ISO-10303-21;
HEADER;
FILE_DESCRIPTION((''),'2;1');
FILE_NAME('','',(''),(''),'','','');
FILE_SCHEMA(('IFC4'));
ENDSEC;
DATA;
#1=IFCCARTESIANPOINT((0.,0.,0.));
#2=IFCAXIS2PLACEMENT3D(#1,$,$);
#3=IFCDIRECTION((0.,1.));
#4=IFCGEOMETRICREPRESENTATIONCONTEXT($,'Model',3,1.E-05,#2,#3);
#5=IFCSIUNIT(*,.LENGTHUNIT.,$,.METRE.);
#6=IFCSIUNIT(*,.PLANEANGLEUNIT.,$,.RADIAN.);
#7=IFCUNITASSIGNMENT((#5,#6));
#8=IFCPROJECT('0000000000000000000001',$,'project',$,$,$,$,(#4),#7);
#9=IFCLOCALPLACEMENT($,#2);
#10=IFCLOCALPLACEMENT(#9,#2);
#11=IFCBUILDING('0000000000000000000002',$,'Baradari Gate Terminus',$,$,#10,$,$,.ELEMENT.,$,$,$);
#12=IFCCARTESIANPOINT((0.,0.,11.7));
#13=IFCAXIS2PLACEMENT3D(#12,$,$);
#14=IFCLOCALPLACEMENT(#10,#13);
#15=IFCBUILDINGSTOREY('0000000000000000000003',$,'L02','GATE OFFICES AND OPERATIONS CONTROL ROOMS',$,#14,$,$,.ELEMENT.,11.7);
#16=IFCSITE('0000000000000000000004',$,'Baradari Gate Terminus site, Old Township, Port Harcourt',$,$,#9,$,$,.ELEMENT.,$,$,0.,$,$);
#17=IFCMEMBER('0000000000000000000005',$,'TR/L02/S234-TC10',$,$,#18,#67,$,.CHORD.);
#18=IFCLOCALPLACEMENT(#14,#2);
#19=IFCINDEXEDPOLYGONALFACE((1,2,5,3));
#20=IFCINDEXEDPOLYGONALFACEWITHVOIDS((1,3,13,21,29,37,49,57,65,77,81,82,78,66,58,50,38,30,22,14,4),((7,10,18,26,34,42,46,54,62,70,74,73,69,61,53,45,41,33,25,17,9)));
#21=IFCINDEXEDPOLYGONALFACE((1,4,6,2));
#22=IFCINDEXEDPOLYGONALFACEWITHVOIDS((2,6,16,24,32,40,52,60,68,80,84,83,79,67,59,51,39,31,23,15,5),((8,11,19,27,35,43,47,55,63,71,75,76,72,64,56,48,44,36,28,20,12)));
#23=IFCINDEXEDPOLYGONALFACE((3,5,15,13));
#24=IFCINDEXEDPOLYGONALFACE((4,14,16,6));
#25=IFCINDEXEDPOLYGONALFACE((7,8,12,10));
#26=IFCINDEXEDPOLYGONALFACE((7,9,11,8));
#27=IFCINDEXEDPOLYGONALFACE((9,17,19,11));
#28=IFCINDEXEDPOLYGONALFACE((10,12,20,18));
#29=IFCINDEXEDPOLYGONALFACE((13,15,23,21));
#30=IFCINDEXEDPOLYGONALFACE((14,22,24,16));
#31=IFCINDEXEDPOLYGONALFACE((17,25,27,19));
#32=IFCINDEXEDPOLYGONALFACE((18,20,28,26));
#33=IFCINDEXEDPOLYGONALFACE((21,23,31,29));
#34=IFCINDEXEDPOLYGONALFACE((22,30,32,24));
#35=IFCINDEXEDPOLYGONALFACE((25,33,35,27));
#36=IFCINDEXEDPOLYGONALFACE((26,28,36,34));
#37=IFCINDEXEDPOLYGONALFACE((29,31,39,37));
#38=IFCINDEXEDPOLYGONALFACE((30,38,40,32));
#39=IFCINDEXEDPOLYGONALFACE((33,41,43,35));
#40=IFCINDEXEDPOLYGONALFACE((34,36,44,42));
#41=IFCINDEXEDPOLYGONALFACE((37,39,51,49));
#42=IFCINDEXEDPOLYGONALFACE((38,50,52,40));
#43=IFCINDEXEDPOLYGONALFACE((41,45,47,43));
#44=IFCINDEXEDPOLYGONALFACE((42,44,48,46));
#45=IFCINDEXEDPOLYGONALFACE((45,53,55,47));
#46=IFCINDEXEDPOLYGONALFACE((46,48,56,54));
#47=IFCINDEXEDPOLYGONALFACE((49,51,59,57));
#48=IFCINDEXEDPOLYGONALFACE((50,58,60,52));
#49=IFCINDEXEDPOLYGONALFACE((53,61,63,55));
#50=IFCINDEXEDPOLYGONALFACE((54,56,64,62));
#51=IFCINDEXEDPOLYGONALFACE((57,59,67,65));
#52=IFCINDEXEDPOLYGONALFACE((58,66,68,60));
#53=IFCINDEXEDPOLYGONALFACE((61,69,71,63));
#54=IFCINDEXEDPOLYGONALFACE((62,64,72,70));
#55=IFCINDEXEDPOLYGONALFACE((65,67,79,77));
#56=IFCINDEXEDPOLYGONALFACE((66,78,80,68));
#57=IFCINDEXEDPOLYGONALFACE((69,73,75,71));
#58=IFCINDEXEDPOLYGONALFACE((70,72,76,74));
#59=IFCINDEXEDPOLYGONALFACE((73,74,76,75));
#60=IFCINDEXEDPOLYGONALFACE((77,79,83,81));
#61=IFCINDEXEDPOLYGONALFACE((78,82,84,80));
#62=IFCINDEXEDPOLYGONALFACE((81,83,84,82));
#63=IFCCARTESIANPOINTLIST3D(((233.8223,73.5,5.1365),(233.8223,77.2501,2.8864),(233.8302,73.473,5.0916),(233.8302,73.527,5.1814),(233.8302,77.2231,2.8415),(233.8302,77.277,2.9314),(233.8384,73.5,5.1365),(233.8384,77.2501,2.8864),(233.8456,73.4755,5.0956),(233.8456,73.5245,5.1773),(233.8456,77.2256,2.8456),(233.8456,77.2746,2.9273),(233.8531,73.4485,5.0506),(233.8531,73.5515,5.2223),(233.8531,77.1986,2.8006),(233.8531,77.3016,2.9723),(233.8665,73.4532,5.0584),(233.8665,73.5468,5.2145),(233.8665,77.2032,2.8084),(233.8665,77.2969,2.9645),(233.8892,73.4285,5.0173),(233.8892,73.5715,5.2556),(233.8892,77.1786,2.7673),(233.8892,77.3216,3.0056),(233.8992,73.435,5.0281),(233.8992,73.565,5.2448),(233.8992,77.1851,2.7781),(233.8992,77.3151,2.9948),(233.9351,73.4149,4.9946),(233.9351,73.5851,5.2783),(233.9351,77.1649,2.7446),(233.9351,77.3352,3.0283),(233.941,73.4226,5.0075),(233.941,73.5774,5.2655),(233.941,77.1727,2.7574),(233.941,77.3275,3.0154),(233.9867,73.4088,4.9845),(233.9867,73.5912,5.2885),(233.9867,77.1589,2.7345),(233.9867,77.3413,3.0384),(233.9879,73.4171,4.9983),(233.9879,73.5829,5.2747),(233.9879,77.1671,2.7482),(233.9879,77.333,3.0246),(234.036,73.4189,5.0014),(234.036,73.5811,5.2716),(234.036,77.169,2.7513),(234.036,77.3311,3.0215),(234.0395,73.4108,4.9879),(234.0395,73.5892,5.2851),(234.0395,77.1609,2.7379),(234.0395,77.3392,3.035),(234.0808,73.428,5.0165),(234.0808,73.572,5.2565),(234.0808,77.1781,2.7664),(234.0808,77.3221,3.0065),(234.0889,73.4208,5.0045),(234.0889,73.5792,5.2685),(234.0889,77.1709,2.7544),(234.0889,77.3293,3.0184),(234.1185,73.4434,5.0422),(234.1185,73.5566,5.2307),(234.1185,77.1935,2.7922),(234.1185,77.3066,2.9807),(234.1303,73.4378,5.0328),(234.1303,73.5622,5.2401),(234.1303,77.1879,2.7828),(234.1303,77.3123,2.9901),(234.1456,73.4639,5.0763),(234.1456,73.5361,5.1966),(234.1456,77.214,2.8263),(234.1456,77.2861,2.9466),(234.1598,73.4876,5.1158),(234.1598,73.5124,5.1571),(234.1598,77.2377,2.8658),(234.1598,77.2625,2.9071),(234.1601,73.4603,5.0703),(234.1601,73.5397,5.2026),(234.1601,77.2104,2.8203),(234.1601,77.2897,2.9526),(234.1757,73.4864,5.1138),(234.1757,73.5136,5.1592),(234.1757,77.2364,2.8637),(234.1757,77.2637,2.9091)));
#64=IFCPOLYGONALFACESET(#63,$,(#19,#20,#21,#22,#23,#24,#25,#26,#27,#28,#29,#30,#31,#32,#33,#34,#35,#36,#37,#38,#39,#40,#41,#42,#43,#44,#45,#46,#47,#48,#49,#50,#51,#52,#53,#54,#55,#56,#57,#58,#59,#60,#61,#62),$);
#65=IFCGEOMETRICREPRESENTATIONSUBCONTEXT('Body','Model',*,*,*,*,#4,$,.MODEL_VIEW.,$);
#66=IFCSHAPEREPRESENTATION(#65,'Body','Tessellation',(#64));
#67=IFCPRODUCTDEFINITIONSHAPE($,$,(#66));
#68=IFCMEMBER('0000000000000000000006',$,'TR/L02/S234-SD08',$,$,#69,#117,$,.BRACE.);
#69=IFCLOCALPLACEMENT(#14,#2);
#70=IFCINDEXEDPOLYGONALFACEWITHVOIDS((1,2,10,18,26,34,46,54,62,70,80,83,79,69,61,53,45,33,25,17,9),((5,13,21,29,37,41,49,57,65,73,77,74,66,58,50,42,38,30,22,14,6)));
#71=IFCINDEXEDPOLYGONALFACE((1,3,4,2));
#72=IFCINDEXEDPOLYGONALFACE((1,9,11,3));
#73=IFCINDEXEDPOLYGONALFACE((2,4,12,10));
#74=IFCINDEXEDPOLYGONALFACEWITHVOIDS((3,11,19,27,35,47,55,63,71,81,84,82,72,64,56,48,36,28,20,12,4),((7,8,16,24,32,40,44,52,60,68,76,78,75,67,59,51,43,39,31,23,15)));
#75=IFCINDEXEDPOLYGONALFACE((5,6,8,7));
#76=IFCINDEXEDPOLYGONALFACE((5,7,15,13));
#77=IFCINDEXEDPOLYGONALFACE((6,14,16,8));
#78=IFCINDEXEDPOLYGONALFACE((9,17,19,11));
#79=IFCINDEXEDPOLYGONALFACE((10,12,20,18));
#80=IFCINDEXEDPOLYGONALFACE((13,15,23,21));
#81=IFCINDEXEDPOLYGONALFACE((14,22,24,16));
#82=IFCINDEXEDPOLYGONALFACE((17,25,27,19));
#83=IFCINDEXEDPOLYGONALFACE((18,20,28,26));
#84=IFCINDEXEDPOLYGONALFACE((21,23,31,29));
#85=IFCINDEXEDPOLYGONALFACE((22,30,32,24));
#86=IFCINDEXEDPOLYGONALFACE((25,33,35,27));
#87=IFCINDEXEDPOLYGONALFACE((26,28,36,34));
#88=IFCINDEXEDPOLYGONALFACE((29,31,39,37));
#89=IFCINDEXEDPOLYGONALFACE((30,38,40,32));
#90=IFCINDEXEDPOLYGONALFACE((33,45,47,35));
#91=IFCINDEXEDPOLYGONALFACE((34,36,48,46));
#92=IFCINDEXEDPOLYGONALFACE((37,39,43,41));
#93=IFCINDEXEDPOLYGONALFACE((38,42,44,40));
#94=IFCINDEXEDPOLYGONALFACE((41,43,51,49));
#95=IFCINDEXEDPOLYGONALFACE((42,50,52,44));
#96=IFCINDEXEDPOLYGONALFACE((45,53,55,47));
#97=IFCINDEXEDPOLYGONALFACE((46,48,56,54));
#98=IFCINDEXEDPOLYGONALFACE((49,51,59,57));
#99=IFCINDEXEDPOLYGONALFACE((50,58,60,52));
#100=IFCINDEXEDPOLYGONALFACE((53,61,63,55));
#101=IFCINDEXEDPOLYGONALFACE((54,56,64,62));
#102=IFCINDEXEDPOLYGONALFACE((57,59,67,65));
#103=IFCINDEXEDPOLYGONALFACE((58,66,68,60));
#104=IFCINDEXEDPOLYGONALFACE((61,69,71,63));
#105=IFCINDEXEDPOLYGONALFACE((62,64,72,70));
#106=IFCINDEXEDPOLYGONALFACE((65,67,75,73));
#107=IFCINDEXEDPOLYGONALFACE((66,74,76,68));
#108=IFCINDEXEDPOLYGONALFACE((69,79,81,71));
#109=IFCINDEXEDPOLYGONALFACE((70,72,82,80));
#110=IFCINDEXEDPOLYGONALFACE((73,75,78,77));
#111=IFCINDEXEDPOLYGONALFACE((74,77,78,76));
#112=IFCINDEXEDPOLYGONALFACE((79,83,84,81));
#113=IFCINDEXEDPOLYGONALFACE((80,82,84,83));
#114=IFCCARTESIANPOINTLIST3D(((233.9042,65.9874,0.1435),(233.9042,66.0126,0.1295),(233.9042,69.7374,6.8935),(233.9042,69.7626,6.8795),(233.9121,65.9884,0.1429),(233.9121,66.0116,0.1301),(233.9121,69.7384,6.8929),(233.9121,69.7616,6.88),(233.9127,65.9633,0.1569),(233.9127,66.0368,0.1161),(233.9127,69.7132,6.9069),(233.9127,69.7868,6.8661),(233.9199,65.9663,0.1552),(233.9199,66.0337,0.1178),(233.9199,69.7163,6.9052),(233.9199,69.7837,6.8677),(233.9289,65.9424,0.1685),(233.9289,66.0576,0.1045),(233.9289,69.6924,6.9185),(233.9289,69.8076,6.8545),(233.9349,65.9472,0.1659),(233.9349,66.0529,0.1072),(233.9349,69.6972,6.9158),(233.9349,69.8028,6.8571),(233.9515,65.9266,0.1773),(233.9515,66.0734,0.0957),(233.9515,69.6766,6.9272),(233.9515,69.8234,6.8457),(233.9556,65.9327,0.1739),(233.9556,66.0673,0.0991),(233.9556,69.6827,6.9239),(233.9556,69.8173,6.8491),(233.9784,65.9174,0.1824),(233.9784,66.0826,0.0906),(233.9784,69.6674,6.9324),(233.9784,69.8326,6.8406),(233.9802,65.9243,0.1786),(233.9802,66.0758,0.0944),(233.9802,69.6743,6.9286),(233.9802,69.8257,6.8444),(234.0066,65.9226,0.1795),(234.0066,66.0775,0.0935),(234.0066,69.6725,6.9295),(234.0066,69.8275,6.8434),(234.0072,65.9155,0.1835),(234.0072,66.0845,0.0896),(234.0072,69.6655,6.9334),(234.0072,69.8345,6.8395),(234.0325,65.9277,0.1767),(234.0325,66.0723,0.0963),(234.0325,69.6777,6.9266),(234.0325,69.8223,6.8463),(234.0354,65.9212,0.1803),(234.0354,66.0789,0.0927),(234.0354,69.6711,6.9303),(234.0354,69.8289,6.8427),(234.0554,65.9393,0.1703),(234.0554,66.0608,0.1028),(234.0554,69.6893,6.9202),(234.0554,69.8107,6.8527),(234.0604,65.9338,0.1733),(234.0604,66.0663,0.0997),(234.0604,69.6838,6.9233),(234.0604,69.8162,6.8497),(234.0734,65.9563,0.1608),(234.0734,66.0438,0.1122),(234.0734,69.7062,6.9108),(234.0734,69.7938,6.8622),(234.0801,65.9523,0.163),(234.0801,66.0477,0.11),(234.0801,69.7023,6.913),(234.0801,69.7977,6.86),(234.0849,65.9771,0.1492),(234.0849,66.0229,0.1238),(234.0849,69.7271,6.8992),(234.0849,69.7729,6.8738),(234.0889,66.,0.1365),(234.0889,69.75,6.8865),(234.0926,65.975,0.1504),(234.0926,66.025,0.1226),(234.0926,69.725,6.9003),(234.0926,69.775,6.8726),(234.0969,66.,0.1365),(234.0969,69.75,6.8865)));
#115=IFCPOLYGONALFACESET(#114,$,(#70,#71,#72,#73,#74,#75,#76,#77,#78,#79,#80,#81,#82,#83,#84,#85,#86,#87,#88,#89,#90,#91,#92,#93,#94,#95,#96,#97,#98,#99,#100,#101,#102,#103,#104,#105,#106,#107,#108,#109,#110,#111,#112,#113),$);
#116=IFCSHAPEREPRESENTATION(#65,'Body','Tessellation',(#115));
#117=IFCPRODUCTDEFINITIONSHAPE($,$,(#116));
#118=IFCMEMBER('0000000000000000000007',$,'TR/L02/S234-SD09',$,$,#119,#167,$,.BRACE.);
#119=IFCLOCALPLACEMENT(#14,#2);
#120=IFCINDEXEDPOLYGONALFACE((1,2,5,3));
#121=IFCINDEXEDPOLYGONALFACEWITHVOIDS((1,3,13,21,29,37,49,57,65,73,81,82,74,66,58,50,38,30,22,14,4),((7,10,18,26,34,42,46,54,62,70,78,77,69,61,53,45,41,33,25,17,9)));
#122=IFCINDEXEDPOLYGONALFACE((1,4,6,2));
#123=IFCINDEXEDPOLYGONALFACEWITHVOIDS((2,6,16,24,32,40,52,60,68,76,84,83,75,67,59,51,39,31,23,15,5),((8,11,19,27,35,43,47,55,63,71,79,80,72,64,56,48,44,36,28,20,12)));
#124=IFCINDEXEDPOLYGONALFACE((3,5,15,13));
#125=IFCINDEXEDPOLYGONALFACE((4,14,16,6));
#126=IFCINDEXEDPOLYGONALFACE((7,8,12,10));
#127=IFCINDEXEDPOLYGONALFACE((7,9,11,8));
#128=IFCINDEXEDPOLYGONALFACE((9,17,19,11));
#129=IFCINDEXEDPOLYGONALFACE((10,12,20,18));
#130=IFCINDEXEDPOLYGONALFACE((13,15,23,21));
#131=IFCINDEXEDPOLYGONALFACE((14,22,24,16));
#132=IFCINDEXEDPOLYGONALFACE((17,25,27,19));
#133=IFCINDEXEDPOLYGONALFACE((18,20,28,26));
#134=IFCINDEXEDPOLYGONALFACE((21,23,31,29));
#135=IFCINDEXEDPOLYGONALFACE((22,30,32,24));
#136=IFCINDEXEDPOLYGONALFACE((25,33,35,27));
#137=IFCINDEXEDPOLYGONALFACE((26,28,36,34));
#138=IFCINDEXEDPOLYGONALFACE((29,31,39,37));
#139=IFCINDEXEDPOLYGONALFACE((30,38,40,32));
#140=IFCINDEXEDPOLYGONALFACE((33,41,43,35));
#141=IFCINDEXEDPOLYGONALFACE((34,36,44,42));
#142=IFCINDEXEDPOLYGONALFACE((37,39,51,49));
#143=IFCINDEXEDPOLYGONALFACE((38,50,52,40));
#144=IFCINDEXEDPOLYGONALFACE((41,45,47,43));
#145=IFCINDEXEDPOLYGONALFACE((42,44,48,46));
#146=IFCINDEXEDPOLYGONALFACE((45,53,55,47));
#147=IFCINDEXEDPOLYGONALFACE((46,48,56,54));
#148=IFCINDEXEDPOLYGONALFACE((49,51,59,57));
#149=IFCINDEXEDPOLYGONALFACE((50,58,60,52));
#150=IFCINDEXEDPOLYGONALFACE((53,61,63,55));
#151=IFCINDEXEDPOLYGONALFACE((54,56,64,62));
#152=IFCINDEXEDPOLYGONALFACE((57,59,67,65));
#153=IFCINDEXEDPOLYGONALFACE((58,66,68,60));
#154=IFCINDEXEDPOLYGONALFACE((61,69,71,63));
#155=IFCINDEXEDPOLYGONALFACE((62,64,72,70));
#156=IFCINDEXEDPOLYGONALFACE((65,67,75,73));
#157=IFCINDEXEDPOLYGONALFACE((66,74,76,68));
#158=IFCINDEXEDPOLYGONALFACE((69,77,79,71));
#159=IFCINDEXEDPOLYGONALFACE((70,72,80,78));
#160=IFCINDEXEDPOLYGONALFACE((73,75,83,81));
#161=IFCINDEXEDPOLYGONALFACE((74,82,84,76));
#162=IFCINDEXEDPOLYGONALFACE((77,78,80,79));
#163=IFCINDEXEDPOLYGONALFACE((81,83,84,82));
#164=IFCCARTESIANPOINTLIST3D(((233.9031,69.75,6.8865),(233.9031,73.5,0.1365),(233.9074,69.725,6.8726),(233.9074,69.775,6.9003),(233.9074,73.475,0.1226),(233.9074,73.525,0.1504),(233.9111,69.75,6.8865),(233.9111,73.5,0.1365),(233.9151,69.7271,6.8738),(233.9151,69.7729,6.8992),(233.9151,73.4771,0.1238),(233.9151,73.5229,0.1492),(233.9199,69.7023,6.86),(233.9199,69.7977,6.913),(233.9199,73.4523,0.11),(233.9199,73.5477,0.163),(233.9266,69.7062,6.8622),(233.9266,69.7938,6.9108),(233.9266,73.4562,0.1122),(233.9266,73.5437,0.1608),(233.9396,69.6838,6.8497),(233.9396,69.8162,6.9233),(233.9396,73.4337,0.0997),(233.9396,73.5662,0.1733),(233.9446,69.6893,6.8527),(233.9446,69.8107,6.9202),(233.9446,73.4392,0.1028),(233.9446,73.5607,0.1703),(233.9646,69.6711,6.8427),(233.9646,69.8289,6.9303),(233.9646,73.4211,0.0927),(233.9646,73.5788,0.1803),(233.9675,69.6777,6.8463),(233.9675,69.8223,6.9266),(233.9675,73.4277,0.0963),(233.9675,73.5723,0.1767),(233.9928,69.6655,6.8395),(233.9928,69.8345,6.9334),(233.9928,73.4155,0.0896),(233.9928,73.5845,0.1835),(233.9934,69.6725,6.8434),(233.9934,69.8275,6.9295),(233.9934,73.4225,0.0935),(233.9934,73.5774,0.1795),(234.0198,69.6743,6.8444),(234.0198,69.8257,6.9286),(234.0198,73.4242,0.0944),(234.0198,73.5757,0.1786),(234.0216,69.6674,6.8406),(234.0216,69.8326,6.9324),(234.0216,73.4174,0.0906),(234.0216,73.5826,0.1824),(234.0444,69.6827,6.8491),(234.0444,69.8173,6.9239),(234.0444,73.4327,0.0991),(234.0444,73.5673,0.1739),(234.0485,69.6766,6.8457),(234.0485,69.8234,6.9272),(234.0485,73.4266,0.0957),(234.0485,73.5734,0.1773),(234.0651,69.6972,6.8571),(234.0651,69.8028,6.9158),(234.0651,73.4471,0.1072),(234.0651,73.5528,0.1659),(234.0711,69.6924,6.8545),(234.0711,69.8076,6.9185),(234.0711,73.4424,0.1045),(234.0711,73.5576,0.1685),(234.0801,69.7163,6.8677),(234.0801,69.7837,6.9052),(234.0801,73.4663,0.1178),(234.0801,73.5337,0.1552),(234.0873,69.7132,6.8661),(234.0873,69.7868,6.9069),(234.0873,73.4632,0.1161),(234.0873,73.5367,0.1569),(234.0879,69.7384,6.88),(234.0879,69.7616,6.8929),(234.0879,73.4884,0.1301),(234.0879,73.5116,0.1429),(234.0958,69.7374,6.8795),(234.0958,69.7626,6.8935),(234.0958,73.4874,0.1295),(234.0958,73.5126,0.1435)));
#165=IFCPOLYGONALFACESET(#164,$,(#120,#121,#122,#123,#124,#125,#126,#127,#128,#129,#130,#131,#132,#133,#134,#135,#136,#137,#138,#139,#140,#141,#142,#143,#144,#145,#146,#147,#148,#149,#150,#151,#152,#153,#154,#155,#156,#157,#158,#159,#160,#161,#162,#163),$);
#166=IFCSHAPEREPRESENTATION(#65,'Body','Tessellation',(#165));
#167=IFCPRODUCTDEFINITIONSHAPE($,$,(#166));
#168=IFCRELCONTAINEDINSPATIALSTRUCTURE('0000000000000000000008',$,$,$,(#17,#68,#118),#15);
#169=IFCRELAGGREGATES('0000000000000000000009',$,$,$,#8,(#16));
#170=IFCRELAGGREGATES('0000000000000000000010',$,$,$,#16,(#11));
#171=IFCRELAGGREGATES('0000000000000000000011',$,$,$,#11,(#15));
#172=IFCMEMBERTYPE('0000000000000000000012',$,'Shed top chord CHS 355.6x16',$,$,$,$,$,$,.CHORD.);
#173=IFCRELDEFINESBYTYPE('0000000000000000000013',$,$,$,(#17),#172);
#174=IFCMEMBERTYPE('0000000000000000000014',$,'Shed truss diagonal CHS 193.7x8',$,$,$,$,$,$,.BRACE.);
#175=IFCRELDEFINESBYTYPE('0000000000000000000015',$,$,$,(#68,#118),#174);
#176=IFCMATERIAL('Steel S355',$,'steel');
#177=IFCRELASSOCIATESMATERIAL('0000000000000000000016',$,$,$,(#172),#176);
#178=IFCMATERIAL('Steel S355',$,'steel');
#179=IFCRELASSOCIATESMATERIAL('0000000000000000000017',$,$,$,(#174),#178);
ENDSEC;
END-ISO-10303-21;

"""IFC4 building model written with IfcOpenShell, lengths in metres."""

from ifc_helpers import new_model, si_unit, direction, frame, origin, origin_2d, place, context, subcontext, project, spatial, hollow_circle, extrude, material, material_profile, profile_set, type_object, element, save


model = new_model("IFC4")

# Units and contexts
model_context = context("Model", 3, precision=1e-05, world=origin(), true_north=direction((0.0, 1.0)))
body_context = subcontext(model_context, "Body", "Model", "MODEL_VIEW")
ifc_project = project(units=[si_unit("LENGTHUNIT", "METRE"), si_unit("PLANEANGLEUNIT", "RADIAN")], contexts=[model_context])

# Site, building, storey
site_placement = place(None, origin())
site = spatial("IfcSite", under=ifc_project, at=site_placement, Name="Baradari Gate Terminus site, Old Township, Port Harcourt", CompositionType="ELEMENT", RefElevation=0.0)
building_placement = place(site_placement, origin())
building = spatial("IfcBuilding", under=site, at=building_placement, Name="Baradari Gate Terminus", CompositionType="ELEMENT")
storey_placement = place(building_placement, frame((0.0, 0.0, 11.7)))
storey = spatial("IfcBuildingStorey", under=building, at=storey_placement, Name="L02", Description="GATE OFFICES AND OPERATIONS CONTROL ROOMS", CompositionType="ELEMENT", Elevation=11.7)

# Members
ifc_material_1 = material(Name="Steel S355", Category="steel")
ifc_material_profile_1 = material_profile(ifc_material_1, hollow_circle(Radius=0.1777, WallThickness=0.0161, at=origin_2d()), Name="CHS 355.6x16")
ifc_profile_set_1 = profile_set([ifc_material_profile_1], Name="Steel S355")
member_type_1 = type_object("IfcMemberType", Name="Shed top chord CHS 355.6x16", PredefinedType="CHORD", material=ifc_profile_set_1)
member_1_placement = place(storey_placement, frame((234.0, 73.5, 5.1365), z_axis=(0.0, 0.857493, -0.514496), x_axis=(-1.0, 0.0, 0.0)))
element("IfcMember", 1, at=member_1_placement, inside=storey, type_object=member_type_1, Name="TR/L02/S234-TC10", PredefinedType="CHORD", context=body_context, shape_type="SweptSolid", body=[
    extrude(hollow_circle(Radius=0.1777, WallThickness=0.0161, at=origin_2d()), origin(), (0.0, 0.0, 1.0), 4.3733),
])
ifc_material_2 = material(Name="Steel S355", Category="steel")
ifc_material_profile_2 = material_profile(ifc_material_2, hollow_circle(Radius=0.0969, WallThickness=0.0081, at=origin_2d()), Name="CHS 193.7x8")
ifc_profile_set_2 = profile_set([ifc_material_profile_2], Name="Steel S355")
member_type_2 = type_object("IfcMemberType", Name="Shed truss diagonal CHS 193.7x8", PredefinedType="BRACE", material=ifc_profile_set_2)
for number, where, z_axis, x_axis, name in (
    (2, (234.0, 69.75, 6.8865), (0.0, -0.485643, -0.874157), (1.0, 0.0, 0.0), "TR/L02/S234-SD08"),
    (3, (234.0, 69.75, 6.8865), (0.0, 0.485643, -0.874157), (-1.0, 0.0, 0.0), "TR/L02/S234-SD09"),
):
    element("IfcMember", number, at=place(storey_placement, frame(where, z_axis=z_axis, x_axis=x_axis)), inside=storey, type_object=member_type_2, Name=name, PredefinedType="BRACE", context=body_context, shape_type="SweptSolid", body=[
        extrude(hollow_circle(Radius=0.0969, WallThickness=0.0081, at=origin_2d()), origin(), (0.0, 0.0, 1.0), 7.7217),
    ])

save(model, "model.ifc")
